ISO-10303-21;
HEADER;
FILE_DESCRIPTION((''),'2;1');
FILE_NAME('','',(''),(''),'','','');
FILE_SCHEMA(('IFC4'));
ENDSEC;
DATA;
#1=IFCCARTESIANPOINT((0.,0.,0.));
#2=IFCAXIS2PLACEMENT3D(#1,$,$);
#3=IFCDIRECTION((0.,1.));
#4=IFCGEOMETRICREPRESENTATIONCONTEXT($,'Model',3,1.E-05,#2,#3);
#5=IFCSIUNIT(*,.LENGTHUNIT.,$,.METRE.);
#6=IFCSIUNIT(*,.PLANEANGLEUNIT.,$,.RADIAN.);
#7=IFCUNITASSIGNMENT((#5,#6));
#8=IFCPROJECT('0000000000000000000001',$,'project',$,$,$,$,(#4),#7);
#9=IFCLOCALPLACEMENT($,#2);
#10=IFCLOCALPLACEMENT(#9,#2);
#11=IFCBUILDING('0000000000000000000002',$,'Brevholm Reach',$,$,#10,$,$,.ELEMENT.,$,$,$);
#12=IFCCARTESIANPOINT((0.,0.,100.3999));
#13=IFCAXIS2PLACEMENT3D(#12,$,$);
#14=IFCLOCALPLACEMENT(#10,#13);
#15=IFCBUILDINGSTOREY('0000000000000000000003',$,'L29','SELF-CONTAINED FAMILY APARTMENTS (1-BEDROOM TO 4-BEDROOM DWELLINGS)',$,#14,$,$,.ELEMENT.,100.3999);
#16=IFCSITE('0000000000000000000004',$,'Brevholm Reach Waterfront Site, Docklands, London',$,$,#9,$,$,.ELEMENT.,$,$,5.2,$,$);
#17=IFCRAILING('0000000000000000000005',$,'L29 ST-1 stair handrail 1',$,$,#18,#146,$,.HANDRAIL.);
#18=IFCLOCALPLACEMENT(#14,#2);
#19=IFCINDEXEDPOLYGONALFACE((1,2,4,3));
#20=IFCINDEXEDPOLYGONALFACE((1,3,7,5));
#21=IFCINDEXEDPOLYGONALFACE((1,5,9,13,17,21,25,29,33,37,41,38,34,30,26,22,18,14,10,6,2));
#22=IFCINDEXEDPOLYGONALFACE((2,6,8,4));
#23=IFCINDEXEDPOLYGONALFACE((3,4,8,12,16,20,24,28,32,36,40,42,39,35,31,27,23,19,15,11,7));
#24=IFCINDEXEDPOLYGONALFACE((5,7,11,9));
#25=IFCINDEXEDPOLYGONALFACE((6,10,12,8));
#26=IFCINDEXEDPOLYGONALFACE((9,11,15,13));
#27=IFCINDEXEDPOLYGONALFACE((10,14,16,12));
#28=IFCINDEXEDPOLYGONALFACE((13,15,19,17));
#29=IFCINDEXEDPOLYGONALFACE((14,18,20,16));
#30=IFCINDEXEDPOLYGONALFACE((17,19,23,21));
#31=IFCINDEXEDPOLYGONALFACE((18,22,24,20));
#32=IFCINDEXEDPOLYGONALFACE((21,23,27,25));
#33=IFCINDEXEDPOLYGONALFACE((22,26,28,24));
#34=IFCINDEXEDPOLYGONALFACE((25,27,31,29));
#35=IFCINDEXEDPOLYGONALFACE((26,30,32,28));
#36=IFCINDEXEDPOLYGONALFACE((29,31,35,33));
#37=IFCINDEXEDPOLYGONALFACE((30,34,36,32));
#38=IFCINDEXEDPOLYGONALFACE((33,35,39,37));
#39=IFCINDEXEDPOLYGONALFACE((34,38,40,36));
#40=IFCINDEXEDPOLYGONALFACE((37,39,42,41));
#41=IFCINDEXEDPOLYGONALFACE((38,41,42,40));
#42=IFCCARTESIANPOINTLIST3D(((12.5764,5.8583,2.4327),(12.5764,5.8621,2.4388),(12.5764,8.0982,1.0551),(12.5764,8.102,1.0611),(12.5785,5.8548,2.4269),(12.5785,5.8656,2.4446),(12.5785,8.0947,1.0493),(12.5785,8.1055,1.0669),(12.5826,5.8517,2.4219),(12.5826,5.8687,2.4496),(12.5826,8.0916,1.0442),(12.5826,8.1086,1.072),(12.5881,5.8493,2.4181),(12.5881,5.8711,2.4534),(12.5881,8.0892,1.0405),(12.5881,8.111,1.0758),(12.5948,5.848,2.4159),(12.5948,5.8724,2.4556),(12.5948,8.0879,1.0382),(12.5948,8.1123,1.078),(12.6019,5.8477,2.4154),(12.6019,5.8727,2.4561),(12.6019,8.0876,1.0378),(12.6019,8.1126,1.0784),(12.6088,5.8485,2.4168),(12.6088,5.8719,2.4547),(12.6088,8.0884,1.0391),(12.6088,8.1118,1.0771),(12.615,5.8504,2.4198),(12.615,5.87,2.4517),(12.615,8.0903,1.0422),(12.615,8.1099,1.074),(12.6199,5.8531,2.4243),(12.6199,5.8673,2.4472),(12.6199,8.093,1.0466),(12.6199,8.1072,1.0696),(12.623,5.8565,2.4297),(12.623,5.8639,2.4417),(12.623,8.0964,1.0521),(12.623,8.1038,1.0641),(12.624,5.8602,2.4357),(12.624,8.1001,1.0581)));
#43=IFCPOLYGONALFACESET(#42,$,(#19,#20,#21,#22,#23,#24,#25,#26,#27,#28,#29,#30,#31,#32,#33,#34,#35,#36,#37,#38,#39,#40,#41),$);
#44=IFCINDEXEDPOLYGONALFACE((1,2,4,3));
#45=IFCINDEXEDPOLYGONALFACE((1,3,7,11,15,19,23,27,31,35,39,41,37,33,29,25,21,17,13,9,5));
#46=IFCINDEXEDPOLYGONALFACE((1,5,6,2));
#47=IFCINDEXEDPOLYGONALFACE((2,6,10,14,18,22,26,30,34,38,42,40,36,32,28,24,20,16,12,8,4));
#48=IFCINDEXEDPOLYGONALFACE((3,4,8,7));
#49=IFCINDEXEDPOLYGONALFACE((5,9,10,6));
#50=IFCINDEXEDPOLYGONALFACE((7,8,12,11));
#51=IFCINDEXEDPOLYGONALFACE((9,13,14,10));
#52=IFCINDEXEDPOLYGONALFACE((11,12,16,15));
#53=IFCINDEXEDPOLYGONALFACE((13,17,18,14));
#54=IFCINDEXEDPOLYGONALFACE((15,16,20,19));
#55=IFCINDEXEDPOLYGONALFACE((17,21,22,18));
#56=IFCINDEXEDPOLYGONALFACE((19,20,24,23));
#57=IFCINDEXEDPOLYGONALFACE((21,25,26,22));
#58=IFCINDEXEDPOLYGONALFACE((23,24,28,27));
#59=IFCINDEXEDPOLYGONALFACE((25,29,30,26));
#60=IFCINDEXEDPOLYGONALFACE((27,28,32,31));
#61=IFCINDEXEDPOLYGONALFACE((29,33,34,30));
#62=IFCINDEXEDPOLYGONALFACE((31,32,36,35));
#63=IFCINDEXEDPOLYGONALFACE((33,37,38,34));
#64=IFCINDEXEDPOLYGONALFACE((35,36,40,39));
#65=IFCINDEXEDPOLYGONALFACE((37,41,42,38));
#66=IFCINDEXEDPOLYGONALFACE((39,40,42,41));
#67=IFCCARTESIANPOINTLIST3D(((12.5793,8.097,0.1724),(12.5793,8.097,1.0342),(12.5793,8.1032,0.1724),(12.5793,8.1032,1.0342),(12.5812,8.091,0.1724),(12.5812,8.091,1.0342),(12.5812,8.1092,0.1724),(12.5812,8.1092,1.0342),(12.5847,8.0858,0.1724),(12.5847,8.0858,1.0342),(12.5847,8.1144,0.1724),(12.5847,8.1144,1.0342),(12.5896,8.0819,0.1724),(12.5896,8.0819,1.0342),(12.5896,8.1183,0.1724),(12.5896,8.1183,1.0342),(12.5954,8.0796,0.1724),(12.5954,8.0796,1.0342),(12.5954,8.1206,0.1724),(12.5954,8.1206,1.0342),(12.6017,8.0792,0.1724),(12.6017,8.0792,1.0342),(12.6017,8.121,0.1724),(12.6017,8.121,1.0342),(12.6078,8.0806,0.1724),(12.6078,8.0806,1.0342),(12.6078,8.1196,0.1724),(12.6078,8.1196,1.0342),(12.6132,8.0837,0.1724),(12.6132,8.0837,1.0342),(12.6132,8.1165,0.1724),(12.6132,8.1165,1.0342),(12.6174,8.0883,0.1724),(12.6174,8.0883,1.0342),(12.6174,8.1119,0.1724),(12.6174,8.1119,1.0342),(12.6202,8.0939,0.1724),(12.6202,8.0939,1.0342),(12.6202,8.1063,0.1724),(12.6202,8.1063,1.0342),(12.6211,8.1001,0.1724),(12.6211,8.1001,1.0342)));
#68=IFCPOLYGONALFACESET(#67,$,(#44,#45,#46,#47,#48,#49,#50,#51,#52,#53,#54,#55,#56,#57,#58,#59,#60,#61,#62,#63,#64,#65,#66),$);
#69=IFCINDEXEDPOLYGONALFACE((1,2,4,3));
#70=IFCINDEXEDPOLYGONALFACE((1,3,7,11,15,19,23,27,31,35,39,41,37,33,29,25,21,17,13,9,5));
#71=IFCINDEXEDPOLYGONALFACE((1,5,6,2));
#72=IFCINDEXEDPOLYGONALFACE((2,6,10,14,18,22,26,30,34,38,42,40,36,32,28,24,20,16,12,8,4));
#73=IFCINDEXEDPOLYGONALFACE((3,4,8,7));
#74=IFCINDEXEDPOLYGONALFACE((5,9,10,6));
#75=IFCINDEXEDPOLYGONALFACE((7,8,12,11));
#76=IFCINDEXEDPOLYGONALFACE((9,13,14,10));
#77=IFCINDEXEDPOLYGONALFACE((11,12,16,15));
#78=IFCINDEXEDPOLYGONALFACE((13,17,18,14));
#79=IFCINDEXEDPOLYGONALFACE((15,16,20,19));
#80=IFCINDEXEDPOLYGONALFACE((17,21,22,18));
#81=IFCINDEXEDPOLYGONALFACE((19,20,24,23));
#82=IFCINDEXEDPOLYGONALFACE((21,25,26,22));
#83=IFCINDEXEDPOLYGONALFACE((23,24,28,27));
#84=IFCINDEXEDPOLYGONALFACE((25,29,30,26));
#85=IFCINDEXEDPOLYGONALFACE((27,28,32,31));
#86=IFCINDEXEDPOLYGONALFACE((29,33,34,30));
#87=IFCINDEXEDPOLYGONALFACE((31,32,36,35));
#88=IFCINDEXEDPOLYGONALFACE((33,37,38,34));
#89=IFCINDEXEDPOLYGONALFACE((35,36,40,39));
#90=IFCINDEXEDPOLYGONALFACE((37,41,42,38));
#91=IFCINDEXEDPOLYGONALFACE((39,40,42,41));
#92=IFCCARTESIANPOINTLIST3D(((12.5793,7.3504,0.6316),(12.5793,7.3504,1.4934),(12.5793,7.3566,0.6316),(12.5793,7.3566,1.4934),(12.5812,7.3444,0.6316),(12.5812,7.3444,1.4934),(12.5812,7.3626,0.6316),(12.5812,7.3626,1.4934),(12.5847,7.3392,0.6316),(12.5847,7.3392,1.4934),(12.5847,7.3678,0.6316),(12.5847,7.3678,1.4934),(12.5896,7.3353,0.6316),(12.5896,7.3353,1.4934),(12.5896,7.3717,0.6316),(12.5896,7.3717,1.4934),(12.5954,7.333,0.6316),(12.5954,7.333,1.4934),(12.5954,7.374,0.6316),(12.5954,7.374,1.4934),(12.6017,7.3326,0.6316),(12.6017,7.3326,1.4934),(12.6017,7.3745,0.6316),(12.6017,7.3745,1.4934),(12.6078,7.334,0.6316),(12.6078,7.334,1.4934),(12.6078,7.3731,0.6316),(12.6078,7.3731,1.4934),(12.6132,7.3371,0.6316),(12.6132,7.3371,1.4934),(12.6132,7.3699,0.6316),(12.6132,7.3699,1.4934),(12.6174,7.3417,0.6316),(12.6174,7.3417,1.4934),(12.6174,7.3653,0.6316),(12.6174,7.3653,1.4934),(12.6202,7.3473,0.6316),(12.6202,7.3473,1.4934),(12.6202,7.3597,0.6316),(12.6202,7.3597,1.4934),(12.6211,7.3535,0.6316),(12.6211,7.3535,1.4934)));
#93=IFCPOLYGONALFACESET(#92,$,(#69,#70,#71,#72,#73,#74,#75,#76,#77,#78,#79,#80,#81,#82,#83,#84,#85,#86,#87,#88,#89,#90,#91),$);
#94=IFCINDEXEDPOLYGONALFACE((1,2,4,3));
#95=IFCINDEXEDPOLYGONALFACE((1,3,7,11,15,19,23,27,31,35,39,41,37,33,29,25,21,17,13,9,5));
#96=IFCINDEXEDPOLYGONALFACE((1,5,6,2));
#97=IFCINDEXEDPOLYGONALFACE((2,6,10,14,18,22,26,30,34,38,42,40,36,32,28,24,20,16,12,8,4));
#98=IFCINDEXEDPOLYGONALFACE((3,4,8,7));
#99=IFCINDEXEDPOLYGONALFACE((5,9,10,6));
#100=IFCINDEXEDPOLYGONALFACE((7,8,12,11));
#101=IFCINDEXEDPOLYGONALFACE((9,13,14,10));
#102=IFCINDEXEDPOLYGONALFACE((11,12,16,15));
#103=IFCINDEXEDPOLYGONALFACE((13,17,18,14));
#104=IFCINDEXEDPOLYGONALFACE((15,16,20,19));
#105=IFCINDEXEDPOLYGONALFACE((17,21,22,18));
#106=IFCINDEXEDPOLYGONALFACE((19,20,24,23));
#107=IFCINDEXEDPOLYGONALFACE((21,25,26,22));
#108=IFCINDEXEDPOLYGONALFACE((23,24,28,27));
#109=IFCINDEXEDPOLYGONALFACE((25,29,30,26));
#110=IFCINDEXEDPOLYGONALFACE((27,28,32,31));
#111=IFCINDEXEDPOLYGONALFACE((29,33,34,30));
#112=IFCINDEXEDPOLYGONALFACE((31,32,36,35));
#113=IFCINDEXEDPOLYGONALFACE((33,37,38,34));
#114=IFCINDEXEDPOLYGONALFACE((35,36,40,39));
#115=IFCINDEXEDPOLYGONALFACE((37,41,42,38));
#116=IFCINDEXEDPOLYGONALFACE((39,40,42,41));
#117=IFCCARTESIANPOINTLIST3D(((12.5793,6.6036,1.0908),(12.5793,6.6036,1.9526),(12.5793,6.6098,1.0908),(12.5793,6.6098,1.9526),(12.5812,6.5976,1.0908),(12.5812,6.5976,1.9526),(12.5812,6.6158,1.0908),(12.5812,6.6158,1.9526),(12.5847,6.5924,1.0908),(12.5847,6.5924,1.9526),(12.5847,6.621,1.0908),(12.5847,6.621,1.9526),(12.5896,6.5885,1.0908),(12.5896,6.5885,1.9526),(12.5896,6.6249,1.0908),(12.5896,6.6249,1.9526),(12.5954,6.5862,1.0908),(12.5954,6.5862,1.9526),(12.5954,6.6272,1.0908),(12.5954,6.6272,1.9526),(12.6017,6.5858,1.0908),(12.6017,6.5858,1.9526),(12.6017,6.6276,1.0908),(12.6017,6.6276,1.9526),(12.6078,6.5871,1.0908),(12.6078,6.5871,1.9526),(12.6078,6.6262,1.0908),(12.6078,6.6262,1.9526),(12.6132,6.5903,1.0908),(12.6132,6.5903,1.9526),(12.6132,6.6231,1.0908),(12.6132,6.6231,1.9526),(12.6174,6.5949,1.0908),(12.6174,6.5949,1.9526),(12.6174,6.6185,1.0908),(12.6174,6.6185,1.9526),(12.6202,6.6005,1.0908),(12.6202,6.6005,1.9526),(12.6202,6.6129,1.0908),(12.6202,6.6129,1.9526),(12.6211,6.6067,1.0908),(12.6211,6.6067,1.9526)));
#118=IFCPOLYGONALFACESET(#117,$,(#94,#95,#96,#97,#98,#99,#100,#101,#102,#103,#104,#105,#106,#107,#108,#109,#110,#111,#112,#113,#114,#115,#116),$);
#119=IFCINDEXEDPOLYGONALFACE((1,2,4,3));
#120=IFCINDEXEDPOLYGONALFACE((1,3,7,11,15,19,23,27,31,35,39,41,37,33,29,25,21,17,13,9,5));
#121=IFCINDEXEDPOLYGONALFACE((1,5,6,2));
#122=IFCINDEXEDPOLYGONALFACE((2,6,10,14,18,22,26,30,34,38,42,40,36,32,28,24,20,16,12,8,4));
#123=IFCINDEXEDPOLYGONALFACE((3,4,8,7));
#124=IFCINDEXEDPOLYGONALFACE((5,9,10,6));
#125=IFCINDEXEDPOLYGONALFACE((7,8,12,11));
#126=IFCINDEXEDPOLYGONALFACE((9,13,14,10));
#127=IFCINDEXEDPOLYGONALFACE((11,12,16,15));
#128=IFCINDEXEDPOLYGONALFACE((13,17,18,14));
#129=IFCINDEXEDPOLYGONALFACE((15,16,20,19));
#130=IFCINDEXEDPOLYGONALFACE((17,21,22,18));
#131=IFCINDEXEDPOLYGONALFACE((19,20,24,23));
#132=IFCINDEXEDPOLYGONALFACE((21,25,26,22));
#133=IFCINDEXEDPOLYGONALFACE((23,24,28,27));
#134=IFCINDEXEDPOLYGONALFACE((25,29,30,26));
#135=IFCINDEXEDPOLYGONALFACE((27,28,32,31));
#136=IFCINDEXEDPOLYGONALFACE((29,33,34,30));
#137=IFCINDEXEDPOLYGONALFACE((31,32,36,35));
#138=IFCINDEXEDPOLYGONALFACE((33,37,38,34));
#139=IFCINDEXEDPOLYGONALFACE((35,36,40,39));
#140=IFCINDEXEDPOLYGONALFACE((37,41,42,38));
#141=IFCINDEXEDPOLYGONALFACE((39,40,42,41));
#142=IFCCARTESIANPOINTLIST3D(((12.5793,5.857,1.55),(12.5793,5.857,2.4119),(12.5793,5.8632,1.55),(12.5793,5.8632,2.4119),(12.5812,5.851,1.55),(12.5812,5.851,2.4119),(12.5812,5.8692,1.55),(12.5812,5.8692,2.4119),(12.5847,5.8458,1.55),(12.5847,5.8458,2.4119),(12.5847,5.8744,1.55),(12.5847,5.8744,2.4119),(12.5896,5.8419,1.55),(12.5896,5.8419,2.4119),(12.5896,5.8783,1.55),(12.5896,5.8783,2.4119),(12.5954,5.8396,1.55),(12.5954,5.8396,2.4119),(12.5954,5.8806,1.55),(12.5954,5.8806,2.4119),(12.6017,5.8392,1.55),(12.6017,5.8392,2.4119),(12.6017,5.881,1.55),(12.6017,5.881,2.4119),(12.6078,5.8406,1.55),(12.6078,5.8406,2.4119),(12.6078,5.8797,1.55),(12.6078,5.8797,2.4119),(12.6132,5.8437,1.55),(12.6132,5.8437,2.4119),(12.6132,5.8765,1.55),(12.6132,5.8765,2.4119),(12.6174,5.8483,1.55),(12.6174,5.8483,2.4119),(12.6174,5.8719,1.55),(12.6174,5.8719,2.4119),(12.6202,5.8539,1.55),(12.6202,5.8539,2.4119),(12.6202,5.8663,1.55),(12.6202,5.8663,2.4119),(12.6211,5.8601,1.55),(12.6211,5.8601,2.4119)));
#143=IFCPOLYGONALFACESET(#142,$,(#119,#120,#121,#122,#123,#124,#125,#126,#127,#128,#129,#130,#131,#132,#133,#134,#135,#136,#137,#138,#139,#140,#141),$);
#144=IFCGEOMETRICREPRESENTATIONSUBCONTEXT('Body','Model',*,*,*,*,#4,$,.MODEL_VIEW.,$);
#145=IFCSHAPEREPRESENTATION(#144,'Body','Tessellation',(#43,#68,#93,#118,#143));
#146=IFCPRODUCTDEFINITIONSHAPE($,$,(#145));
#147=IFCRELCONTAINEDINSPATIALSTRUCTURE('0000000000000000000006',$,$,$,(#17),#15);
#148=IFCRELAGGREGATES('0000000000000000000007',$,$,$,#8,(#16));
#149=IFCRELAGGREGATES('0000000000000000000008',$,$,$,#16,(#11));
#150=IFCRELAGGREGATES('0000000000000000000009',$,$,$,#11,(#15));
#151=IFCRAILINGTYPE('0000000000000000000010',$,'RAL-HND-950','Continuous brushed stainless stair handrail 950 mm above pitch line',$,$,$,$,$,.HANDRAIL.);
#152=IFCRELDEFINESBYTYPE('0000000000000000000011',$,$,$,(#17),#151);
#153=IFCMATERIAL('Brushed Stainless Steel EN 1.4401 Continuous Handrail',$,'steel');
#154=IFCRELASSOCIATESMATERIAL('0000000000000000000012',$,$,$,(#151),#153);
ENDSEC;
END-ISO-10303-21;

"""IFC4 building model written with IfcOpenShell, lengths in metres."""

from ifc_helpers import new_model, si_unit, direction, frame, origin, origin_2d, place, context, subcontext, project, spatial, circle, extrude, material, type_object, element, save


model = new_model("IFC4")

# Units and contexts
model_context = context("Model", 3, precision=1e-05, world=origin(), true_north=direction((0.0, 1.0)))
body_context = subcontext(model_context, "Body", "Model", "MODEL_VIEW")
ifc_project = project(units=[si_unit("LENGTHUNIT", "METRE"), si_unit("PLANEANGLEUNIT", "RADIAN")], contexts=[model_context])

# Site, building, storey
site_placement = place(None, origin())
site = spatial("IfcSite", under=ifc_project, at=site_placement, Name="Brevholm Reach Waterfront Site, Docklands, London", CompositionType="ELEMENT", RefElevation=5.2)
building_placement = place(site_placement, origin())
building = spatial("IfcBuilding", under=site, at=building_placement, Name="Brevholm Reach", CompositionType="ELEMENT")
storey_placement = place(building_placement, frame((0.0, 0.0, 100.3999)))
storey = spatial("IfcBuildingStorey", under=building, at=storey_placement, Name="L29", Description="SELF-CONTAINED FAMILY APARTMENTS (1-BEDROOM TO 4-BEDROOM DWELLINGS)", CompositionType="ELEMENT", Elevation=100.3999)

# Railing
ifc_material_1 = material(Name="Brushed Stainless Steel EN 1.4401 Continuous Handrail", Category="steel")
railing_type_1 = type_object("IfcRailingType", Name="RAL-HND-950", Description="Continuous brushed stainless stair handrail 950 mm above pitch line", PredefinedType="HANDRAIL", material=ifc_material_1)
railing_1_placement = place(storey_placement, frame((12.6001, 8.1001, 0.1724)))
element("IfcRailing", 1, at=railing_1_placement, inside=storey, type_object=railing_type_1, Name="L29 ST-1 stair handrail 1", PredefinedType="HANDRAIL", context=body_context, shape_type="SweptSolid", body=[
    extrude(circle(Radius=0.0239, at=origin_2d()), frame((0.0, 0.0, 0.8857), z_axis=(0.0, -0.851789, 0.523885), x_axis=(1.0, 0.0, 0.0)), (0.0, 0.0, 1.0), 2.6296),
    extrude(circle(Radius=0.021, at=origin_2d()), origin(), (0.0, 0.0, 1.0), 0.8618),
    extrude(circle(Radius=0.021, at=origin_2d()), frame((0.0, -0.7466, 0.4592)), (0.0, 0.0, 1.0), 0.8618),
    extrude(circle(Radius=0.021, at=origin_2d()), frame((0.0, -1.4934, 0.9185)), (0.0, 0.0, 1.0), 0.8618),
    extrude(circle(Radius=0.021, at=origin_2d()), frame((0.0, -2.24, 1.3777)), (0.0, 0.0, 1.0), 0.8618),
])

save(model, "model.ifc")
